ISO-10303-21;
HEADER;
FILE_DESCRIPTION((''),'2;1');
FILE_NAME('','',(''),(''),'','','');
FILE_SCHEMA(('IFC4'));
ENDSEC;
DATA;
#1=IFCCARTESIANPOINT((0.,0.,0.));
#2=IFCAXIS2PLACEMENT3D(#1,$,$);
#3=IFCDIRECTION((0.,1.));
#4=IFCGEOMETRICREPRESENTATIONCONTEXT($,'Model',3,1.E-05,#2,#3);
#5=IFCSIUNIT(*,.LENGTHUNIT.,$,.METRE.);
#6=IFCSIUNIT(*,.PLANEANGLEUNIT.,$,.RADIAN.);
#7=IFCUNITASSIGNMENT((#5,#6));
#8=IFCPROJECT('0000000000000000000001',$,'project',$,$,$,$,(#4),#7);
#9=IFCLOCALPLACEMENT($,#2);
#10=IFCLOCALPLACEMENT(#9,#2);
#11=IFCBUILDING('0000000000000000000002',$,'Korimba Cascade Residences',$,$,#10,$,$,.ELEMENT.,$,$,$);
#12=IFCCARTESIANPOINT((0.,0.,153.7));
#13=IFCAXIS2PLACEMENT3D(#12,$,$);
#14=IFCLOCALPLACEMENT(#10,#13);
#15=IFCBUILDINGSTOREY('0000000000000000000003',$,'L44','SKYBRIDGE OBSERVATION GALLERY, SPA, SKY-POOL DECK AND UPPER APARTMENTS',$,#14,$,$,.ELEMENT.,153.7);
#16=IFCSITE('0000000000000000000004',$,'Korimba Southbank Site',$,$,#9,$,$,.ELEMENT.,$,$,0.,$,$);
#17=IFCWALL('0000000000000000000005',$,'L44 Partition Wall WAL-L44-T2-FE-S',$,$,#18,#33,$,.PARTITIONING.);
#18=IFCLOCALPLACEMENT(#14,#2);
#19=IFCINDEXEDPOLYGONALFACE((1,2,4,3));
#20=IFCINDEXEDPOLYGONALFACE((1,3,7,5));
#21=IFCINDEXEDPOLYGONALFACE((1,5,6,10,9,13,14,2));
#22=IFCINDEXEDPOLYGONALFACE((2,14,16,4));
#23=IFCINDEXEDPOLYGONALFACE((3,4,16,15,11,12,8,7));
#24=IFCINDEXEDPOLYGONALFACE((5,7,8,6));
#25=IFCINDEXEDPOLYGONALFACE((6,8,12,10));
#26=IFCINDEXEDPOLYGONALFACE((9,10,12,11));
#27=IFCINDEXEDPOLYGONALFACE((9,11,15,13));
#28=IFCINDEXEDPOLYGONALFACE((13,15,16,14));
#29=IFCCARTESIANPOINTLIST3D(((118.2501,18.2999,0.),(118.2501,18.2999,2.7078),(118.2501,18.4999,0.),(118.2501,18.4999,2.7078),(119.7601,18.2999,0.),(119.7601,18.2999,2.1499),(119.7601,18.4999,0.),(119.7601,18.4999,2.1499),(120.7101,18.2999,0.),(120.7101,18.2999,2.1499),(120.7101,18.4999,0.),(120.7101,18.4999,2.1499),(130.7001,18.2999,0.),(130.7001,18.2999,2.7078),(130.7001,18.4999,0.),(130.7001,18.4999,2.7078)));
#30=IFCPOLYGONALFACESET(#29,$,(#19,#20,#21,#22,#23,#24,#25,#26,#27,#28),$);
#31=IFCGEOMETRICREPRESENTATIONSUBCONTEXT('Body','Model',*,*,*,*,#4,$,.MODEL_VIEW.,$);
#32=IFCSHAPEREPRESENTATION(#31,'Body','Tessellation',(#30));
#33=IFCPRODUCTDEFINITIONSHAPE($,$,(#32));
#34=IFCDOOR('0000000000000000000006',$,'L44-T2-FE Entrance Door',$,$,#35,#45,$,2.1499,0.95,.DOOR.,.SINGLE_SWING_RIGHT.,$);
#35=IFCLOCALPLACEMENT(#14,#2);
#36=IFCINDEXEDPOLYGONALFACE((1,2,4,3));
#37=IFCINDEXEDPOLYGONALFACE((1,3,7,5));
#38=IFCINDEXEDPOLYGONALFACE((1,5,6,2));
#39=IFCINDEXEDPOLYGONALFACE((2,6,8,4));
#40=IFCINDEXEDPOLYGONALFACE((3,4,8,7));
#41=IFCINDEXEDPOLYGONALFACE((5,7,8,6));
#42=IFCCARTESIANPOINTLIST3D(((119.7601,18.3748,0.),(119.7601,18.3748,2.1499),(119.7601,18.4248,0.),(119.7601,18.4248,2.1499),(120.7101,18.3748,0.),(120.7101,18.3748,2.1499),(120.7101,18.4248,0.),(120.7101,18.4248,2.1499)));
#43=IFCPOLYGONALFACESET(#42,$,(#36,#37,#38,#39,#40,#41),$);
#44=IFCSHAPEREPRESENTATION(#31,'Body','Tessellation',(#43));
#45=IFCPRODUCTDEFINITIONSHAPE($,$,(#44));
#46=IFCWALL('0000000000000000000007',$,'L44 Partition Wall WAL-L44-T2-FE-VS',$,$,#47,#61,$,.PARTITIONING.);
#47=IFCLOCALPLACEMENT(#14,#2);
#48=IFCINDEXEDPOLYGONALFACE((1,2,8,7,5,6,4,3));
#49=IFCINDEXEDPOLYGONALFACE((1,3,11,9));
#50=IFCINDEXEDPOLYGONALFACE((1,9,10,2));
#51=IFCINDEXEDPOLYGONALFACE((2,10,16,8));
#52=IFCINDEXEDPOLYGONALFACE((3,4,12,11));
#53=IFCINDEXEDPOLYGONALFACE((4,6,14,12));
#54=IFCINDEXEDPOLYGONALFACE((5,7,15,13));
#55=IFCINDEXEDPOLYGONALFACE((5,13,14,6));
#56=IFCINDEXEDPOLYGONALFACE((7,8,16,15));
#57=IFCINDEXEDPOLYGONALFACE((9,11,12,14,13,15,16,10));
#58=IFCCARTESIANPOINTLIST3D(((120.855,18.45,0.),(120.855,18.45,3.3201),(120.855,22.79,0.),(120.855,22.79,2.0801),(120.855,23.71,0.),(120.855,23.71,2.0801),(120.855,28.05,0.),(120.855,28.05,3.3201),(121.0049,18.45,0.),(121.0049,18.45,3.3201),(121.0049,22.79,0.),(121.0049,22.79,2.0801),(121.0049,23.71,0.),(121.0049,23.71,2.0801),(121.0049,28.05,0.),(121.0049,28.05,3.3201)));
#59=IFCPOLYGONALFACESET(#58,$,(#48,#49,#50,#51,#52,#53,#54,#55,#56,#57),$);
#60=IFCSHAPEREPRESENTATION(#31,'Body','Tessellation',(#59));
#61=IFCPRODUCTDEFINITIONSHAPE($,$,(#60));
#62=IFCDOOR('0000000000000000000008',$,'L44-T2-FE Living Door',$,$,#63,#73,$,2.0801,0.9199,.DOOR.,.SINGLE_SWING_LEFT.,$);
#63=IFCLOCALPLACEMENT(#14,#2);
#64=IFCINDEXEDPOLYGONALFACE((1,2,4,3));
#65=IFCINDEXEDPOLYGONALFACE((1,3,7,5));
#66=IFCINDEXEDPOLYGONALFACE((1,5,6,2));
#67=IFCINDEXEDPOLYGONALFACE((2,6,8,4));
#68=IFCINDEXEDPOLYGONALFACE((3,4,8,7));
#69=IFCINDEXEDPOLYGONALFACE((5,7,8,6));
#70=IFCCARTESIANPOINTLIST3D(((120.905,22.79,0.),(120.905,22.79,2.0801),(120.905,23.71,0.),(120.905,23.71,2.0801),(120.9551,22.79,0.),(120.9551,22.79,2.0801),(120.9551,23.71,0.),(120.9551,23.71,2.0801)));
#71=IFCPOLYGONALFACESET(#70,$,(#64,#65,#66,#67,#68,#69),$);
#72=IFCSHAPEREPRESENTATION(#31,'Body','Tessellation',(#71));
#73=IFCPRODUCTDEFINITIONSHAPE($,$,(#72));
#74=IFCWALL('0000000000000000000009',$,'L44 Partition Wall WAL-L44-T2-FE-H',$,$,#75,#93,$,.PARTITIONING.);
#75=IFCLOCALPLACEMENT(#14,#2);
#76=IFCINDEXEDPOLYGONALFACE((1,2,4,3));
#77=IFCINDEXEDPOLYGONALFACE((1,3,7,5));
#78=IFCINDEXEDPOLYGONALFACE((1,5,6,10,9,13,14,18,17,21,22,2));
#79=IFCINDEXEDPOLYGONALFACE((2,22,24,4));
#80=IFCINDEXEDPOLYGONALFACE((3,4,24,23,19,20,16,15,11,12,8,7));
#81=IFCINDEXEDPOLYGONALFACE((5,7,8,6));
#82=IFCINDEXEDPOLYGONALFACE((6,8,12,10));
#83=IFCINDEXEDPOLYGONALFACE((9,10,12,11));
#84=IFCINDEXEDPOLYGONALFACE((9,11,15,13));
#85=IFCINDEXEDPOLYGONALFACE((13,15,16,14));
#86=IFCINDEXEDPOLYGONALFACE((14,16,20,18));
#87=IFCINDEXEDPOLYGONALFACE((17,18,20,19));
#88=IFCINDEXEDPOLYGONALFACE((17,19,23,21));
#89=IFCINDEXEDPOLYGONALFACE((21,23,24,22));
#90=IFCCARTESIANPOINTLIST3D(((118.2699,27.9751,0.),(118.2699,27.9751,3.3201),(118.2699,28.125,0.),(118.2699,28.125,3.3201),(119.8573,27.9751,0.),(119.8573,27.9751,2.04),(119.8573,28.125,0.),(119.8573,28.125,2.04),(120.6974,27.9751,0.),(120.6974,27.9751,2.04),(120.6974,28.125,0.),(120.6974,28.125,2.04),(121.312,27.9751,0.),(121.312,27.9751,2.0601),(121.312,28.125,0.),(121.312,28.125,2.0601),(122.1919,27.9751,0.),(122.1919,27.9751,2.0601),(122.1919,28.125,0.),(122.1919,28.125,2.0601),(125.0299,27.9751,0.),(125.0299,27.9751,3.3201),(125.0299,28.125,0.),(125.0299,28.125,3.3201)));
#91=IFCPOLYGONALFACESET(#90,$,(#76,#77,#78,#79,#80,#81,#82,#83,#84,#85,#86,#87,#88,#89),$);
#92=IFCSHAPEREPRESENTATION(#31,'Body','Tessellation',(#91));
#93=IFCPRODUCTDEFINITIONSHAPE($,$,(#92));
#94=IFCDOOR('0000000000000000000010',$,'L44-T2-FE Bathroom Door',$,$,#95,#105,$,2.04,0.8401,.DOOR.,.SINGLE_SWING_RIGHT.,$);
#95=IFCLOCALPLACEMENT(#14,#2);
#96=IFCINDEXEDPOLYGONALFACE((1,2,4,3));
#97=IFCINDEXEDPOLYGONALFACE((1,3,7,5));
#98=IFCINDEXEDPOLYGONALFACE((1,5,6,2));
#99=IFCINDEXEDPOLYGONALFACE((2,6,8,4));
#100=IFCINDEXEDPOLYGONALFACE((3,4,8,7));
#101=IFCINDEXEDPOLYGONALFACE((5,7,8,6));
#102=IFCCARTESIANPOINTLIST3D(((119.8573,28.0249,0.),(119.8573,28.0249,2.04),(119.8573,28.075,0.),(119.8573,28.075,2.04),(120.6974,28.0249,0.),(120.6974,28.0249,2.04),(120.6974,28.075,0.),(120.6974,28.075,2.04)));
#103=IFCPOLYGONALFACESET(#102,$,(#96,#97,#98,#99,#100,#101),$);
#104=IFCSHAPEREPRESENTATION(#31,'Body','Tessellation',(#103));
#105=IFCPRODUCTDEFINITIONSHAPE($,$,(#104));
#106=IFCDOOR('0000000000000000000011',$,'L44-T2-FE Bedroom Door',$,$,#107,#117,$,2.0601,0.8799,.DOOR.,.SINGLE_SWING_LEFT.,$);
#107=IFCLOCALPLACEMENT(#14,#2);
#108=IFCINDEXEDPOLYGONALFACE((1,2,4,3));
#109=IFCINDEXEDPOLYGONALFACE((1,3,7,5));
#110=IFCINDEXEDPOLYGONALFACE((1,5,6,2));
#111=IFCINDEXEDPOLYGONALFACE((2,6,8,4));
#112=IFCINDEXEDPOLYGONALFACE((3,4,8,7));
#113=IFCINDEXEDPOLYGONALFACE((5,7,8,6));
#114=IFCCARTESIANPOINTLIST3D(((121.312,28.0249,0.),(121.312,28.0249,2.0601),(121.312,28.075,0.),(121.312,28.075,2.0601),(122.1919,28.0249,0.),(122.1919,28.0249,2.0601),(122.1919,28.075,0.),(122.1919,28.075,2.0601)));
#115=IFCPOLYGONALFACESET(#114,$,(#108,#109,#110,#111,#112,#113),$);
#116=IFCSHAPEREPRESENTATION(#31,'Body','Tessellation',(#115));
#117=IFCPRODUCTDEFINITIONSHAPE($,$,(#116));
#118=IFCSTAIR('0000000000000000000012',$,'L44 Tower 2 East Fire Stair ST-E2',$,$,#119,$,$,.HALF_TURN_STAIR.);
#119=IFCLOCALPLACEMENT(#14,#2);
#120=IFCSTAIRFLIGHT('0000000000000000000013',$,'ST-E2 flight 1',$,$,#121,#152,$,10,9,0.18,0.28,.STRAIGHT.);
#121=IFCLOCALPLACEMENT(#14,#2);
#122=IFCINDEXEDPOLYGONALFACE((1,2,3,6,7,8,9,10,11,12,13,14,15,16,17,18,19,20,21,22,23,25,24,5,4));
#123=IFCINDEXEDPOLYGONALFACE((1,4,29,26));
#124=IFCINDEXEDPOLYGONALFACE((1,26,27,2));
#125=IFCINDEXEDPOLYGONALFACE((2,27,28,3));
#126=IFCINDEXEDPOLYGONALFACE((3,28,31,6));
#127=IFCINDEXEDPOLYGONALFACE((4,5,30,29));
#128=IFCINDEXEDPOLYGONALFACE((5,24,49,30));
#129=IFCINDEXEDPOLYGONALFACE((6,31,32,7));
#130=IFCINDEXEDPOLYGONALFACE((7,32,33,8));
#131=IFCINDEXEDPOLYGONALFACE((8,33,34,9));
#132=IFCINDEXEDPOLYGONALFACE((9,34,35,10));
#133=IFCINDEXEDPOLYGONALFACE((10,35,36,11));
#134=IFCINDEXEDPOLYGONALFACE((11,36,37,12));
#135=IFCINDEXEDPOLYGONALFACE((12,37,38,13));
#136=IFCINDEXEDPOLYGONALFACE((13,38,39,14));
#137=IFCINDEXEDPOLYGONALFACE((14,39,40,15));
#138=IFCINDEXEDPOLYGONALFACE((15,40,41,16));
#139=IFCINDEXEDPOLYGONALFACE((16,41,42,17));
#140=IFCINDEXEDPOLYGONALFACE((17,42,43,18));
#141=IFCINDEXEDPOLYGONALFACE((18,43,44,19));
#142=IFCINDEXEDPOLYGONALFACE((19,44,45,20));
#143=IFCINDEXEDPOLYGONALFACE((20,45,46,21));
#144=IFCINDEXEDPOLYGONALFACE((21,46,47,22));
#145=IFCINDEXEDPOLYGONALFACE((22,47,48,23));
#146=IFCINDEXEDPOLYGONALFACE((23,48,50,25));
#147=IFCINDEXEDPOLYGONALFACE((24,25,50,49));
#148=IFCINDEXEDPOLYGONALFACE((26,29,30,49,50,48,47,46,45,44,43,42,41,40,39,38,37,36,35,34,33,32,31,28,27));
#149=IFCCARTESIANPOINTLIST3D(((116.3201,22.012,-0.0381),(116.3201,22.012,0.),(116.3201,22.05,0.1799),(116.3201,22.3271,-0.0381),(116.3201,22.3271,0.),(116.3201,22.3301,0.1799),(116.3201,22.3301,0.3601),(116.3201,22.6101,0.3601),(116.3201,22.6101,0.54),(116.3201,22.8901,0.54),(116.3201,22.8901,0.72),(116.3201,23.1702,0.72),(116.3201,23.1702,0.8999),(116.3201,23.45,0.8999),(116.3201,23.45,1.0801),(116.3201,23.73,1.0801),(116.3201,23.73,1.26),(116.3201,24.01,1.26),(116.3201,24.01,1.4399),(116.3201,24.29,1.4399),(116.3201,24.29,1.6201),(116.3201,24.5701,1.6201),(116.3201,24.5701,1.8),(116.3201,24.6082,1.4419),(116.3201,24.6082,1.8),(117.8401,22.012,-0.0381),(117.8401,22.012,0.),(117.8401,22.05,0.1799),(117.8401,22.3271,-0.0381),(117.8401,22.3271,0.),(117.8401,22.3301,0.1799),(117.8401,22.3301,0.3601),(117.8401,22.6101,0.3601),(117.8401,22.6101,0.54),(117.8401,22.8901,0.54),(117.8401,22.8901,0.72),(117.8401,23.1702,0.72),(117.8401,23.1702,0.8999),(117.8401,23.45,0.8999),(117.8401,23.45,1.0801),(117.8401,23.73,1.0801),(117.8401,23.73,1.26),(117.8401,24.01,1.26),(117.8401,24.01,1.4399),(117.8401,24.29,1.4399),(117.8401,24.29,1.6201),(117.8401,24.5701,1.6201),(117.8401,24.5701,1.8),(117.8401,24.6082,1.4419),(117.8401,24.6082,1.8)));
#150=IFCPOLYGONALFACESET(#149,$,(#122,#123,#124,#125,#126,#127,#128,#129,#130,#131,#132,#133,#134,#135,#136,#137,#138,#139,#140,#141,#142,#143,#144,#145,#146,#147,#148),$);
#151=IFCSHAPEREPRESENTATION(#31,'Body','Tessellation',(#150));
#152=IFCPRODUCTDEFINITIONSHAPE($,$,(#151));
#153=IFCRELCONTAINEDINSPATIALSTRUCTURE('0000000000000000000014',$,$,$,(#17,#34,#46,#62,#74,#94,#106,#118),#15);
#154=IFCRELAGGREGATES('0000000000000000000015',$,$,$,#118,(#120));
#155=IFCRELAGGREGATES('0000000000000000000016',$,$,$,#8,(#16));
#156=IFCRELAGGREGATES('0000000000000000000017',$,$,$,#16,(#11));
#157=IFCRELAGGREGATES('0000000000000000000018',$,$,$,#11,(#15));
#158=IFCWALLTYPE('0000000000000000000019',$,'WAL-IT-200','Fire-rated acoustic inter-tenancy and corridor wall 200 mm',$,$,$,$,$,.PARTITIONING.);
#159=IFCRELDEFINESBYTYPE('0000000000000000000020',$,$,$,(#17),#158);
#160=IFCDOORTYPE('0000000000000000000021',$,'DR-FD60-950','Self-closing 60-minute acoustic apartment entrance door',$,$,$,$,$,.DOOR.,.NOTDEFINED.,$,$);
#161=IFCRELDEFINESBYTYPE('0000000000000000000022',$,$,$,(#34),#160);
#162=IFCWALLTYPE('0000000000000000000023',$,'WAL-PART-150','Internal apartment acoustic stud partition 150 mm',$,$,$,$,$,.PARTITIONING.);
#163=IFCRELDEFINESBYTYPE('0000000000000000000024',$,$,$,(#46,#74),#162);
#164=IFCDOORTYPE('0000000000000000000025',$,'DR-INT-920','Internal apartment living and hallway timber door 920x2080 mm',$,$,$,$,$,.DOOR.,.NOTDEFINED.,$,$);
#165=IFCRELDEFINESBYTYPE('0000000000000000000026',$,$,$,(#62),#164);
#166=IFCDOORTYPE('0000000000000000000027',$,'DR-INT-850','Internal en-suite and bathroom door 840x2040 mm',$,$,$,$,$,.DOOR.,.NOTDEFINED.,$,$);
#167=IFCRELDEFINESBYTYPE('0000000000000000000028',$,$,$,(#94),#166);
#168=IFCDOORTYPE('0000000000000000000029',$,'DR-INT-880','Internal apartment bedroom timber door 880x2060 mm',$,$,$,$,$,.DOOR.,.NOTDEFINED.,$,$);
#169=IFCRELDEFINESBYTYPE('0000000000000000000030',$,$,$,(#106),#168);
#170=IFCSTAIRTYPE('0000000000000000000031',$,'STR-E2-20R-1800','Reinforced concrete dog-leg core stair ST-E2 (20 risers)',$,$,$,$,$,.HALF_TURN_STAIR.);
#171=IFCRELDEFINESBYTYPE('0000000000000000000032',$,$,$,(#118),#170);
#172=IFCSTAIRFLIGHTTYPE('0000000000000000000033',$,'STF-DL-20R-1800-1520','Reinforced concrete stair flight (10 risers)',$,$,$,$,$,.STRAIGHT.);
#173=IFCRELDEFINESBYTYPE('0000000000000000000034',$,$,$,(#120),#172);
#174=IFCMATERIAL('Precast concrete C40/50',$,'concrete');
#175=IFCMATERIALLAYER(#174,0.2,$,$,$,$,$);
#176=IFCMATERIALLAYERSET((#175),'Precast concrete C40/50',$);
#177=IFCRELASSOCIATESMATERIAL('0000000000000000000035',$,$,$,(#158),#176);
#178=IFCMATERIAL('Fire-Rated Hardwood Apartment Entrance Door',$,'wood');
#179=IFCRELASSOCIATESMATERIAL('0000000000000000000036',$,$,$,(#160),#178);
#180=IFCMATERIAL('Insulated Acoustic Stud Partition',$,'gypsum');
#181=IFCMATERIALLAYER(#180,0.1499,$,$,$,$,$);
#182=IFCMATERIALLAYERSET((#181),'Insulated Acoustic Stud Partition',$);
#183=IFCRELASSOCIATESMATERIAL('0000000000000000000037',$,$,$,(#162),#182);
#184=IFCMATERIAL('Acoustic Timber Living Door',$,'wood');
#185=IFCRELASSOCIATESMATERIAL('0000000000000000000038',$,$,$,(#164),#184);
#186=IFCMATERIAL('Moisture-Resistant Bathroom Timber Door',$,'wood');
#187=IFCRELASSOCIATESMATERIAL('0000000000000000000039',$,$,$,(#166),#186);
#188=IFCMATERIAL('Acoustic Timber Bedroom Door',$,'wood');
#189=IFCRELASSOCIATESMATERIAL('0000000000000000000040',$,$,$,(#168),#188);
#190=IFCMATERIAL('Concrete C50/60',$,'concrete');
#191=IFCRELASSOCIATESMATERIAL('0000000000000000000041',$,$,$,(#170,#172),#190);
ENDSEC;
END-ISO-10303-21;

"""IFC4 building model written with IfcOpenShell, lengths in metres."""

from ifc_helpers import new_model, si_unit, direction, frame, frame_2d, origin, place, context, subcontext, project, spatial, polyline, rectangle, outline, extrude, material, layer, layer_set, type_object, element, fill, aggregate, save


model = new_model("IFC4")

# Units and contexts
model_context = context("Model", 3, precision=1e-05, world=origin(), true_north=direction((0.0, 1.0)))
body_context = subcontext(model_context, "Body", "Model", "MODEL_VIEW")
ifc_project = project(units=[si_unit("LENGTHUNIT", "METRE"), si_unit("PLANEANGLEUNIT", "RADIAN")], contexts=[model_context])

# Site, building, storey
site_placement = place(None, origin())
site = spatial("IfcSite", under=ifc_project, at=site_placement, Name="Korimba Southbank Site", CompositionType="ELEMENT", RefElevation=0.0)
building_placement = place(site_placement, origin())
building = spatial("IfcBuilding", under=site, at=building_placement, Name="Korimba Cascade Residences", CompositionType="ELEMENT")
storey_placement = place(building_placement, frame((0.0, 0.0, 153.7)))
storey = spatial("IfcBuildingStorey", under=building, at=storey_placement, Name="L44", Description="SKYBRIDGE OBSERVATION GALLERY, SPA, SKY-POOL DECK AND UPPER APARTMENTS", CompositionType="ELEMENT", Elevation=153.7)

# Walls, openings, doors
ifc_material_1 = material(Name="Precast concrete C40/50", Category="concrete")
ifc_layer_1 = layer(ifc_material_1, 0.2)
ifc_layer_set_1 = layer_set([ifc_layer_1], Name="Precast concrete C40/50")
wall_type_1 = type_object("IfcWallType", Name="WAL-IT-200", Description="Fire-rated acoustic inter-tenancy and corridor wall 200 mm", PredefinedType="PARTITIONING", material=ifc_layer_set_1)
wall_1_placement = place(storey_placement, frame((118.25, 18.3999, 0.0), z_axis=(0.0, 0.0, 1.0), x_axis=(1.0, 0.0, 0.0)))
wall_1 = element("IfcWall", 1, at=wall_1_placement, inside=storey, type_object=wall_type_1, Name="L44 Partition Wall WAL-L44-T2-FE-S", PredefinedType="PARTITIONING", context=body_context, shape_type="SweptSolid", body=[
    extrude(rectangle(XDim=12.45, YDim=0.2, at=frame_2d((6.2251, 0.0))), origin(), (0.0, 0.0, 1.0), 2.7078),
])
opening_1_placement = place(wall_1_placement, frame((1.51, 0.0, 0.0)))
opening_1 = element("IfcOpeningElement", 2, at=opening_1_placement, cuts=wall_1, PredefinedType="OPENING", context=body_context, shape_type="SweptSolid", body=[
    extrude(rectangle(XDim=0.95, YDim=2.1499, at=frame_2d((0.4751, 1.075))), frame((0.0, 0.1099, 0.0), z_axis=(0.0, -1.0, 0.0), x_axis=(1.0, 0.0, 0.0)), (0.0, 0.0, 1.0), 0.22),
])
ifc_material_2 = material(Name="Fire-Rated Hardwood Apartment Entrance Door", Category="wood")
door_type_1 = type_object("IfcDoorType", Name="DR-FD60-950", Description="Self-closing 60-minute acoustic apartment entrance door", OperationType="NOTDEFINED", PredefinedType="DOOR", material=ifc_material_2)
door_1_placement = place(opening_1_placement, origin())
door_1 = element("IfcDoor", 3, at=door_1_placement, inside=storey, type_object=door_type_1, Name="L44-T2-FE Entrance Door", OperationType="SINGLE_SWING_RIGHT", OverallHeight=2.1499, OverallWidth=0.95, PredefinedType="DOOR", context=body_context, shape_type="SweptSolid", body=[
    extrude(rectangle(XDim=0.95, YDim=2.1499, at=frame_2d((0.4751, 1.075))), frame((0.0, 0.0249, 0.0), z_axis=(0.0, -1.0, 0.0), x_axis=(1.0, 0.0, 0.0)), (0.0, 0.0, 1.0), 0.05),
])
fill(opening_1, door_1)
ifc_material_3 = material(Name="Insulated Acoustic Stud Partition", Category="gypsum")
ifc_layer_2 = layer(ifc_material_3, 0.1499)
ifc_layer_set_2 = layer_set([ifc_layer_2], Name="Insulated Acoustic Stud Partition")
wall_type_2 = type_object("IfcWallType", Name="WAL-PART-150", Description="Internal apartment acoustic stud partition 150 mm", PredefinedType="PARTITIONING", material=ifc_layer_set_2)
wall_2_placement = place(storey_placement, frame((120.9299, 18.45, 0.0), z_axis=(0.0, 0.0, 1.0), x_axis=(0.0, 1.0, 0.0)))
wall_2 = element("IfcWall", 4, at=wall_2_placement, inside=storey, type_object=wall_type_2, Name="L44 Partition Wall WAL-L44-T2-FE-VS", PredefinedType="PARTITIONING", context=body_context, shape_type="SweptSolid", body=[
    extrude(rectangle(XDim=9.6001, YDim=0.1499, at=frame_2d((4.8, 0.0))), origin(), (0.0, 0.0, 1.0), 3.3201),
])
opening_2_placement = place(wall_2_placement, frame((4.3401, 0.0, 0.0)))
opening_2 = element("IfcOpeningElement", 5, at=opening_2_placement, cuts=wall_2, PredefinedType="OPENING", context=body_context, shape_type="SweptSolid", body=[
    extrude(rectangle(XDim=0.9199, YDim=2.0801, at=frame_2d((0.46, 1.04))), frame((0.0, 0.085, 0.0), z_axis=(0.0, -1.0, 0.0), x_axis=(1.0, 0.0, 0.0)), (0.0, 0.0, 1.0), 0.1699),
])
ifc_material_4 = material(Name="Acoustic Timber Living Door", Category="wood")
door_type_2 = type_object("IfcDoorType", Name="DR-INT-920", Description="Internal apartment living and hallway timber door 920x2080 mm", OperationType="NOTDEFINED", PredefinedType="DOOR", material=ifc_material_4)
door_2_placement = place(opening_2_placement, origin())
door_2 = element("IfcDoor", 6, at=door_2_placement, inside=storey, type_object=door_type_2, Name="L44-T2-FE Living Door", OperationType="SINGLE_SWING_LEFT", OverallHeight=2.0801, OverallWidth=0.9199, PredefinedType="DOOR", context=body_context, shape_type="SweptSolid", body=[
    extrude(rectangle(XDim=0.9199, YDim=2.0801, at=frame_2d((0.46, 1.04))), frame((0.0, 0.0249, 0.0), z_axis=(0.0, -1.0, 0.0), x_axis=(1.0, 0.0, 0.0)), (0.0, 0.0, 1.0), 0.05),
])
fill(opening_2, door_2)

# Wall, openings, doors
wall_3_placement = place(storey_placement, frame((118.27, 28.05, 0.0), z_axis=(0.0, 0.0, 1.0), x_axis=(1.0, 0.0, 0.0)))
wall_3 = element("IfcWall", 7, at=wall_3_placement, inside=storey, type_object=wall_type_2, Name="L44 Partition Wall WAL-L44-T2-FE-H", PredefinedType="PARTITIONING", context=body_context, shape_type="SweptSolid", body=[
    extrude(rectangle(XDim=6.76, YDim=0.1499, at=frame_2d((3.3799, 0.0))), origin(), (0.0, 0.0, 1.0), 3.3201),
])
opening_3_placement = place(wall_3_placement, frame((1.5874, 0.0, 0.0)))
opening_3 = element("IfcOpeningElement", 8, at=opening_3_placement, cuts=wall_3, PredefinedType="OPENING", context=body_context, shape_type="SweptSolid", body=[
    extrude(rectangle(XDim=0.8401, YDim=2.04, at=frame_2d((0.4199, 1.02))), frame((0.0, 0.085, 0.0), z_axis=(0.0, -1.0, 0.0), x_axis=(1.0, 0.0, 0.0)), (0.0, 0.0, 1.0), 0.1699),
])
opening_4_placement = place(wall_3_placement, frame((3.042, 0.0, 0.0)))
opening_4 = element("IfcOpeningElement", 9, at=opening_4_placement, cuts=wall_3, PredefinedType="OPENING", context=body_context, shape_type="SweptSolid", body=[
    extrude(rectangle(XDim=0.8799, YDim=2.0601, at=frame_2d((0.4399, 1.03))), frame((0.0, 0.085, 0.0), z_axis=(0.0, -1.0, 0.0), x_axis=(1.0, 0.0, 0.0)), (0.0, 0.0, 1.0), 0.1699),
])
ifc_material_5 = material(Name="Moisture-Resistant Bathroom Timber Door", Category="wood")
door_type_3 = type_object("IfcDoorType", Name="DR-INT-850", Description="Internal en-suite and bathroom door 840x2040 mm", OperationType="NOTDEFINED", PredefinedType="DOOR", material=ifc_material_5)
door_3_placement = place(opening_3_placement, origin())
door_3 = element("IfcDoor", 10, at=door_3_placement, inside=storey, type_object=door_type_3, Name="L44-T2-FE Bathroom Door", OperationType="SINGLE_SWING_RIGHT", OverallHeight=2.04, OverallWidth=0.8401, PredefinedType="DOOR", context=body_context, shape_type="SweptSolid", body=[
    extrude(rectangle(XDim=0.8401, YDim=2.04, at=frame_2d((0.4199, 1.02))), frame((0.0, 0.0249, 0.0), z_axis=(0.0, -1.0, 0.0), x_axis=(1.0, 0.0, 0.0)), (0.0, 0.0, 1.0), 0.05),
])
fill(opening_3, door_3)
ifc_material_6 = material(Name="Acoustic Timber Bedroom Door", Category="wood")
door_type_4 = type_object("IfcDoorType", Name="DR-INT-880", Description="Internal apartment bedroom timber door 880x2060 mm", OperationType="NOTDEFINED", PredefinedType="DOOR", material=ifc_material_6)
door_4_placement = place(opening_4_placement, origin())
door_4 = element("IfcDoor", 11, at=door_4_placement, inside=storey, type_object=door_type_4, Name="L44-T2-FE Bedroom Door", OperationType="SINGLE_SWING_LEFT", OverallHeight=2.0601, OverallWidth=0.8799, PredefinedType="DOOR", context=body_context, shape_type="SweptSolid", body=[
    extrude(rectangle(XDim=0.8799, YDim=2.0601, at=frame_2d((0.4399, 1.03))), frame((0.0, 0.0249, 0.0), z_axis=(0.0, -1.0, 0.0), x_axis=(1.0, 0.0, 0.0)), (0.0, 0.0, 1.0), 0.05),
])
fill(opening_4, door_4)

# Stair, stair flight
ifc_material_7 = material(Name="Concrete C50/60", Category="concrete")
stair_type = type_object("IfcStairType", Name="STR-E2-20R-1800", Description="Reinforced concrete dog-leg core stair ST-E2 (20 risers)", PredefinedType="HALF_TURN_STAIR", material=ifc_material_7)
stair_placement = place(storey_placement, origin())
stair = element("IfcStair", 12, at=stair_placement, inside=storey, type_object=stair_type, Name="L44 Tower 2 East Fire Stair ST-E2", PredefinedType="HALF_TURN_STAIR")
stair_flight_type = type_object("IfcStairFlightType", Name="STF-DL-20R-1800-1520", Description="Reinforced concrete stair flight (10 risers)", PredefinedType="STRAIGHT", material=ifc_material_7)
stair_flight_1_placement = place(storey_placement, frame((117.0801, 22.05, 0.0), z_axis=(0.0, 0.0, 1.0), x_axis=(0.0, 1.0, 0.0)))
stair_flight_1 = element("IfcStairFlight", 13, at=stair_flight_1_placement, type_object=stair_flight_type, Name="ST-E2 flight 1", NumberOfRisers=10, NumberOfTreads=9, PredefinedType="STRAIGHT", RiserHeight=0.18, TreadLength=0.28, context=body_context, shape_type="SweptSolid", body=[
    extrude(outline(polyline([(-0.0381, 0.0), (0.0, 0.1799), (0.28, 0.1799), (0.28, 0.3601), (0.5601, 0.3601), (0.5601, 0.54), (0.8401, 0.54), (0.8401, 0.72), (1.1201, 0.72), (1.1201, 0.8999), (1.3999, 0.8999), (1.3999, 1.0801), (1.6799, 1.0801), (1.6799, 1.26), (1.96, 1.26), (1.96, 1.4399), (2.24, 1.4399), (2.24, 1.6201), (2.52, 1.6201), (2.52, 1.8), (2.5581, 1.8), (2.5581, 1.4419), (0.2771, 0.0), (0.2771, -0.0381), (-0.0381, -0.0381), (-0.0381, 0.0)])), frame((0.0, 0.76, 0.0), z_axis=(0.0, -1.0, 0.0), x_axis=(1.0, 0.0, 0.0)), (0.0, 0.0, 1.0), 1.52),
])
aggregate(stair, [stair_flight_1])

save(model, "model.ifc")
